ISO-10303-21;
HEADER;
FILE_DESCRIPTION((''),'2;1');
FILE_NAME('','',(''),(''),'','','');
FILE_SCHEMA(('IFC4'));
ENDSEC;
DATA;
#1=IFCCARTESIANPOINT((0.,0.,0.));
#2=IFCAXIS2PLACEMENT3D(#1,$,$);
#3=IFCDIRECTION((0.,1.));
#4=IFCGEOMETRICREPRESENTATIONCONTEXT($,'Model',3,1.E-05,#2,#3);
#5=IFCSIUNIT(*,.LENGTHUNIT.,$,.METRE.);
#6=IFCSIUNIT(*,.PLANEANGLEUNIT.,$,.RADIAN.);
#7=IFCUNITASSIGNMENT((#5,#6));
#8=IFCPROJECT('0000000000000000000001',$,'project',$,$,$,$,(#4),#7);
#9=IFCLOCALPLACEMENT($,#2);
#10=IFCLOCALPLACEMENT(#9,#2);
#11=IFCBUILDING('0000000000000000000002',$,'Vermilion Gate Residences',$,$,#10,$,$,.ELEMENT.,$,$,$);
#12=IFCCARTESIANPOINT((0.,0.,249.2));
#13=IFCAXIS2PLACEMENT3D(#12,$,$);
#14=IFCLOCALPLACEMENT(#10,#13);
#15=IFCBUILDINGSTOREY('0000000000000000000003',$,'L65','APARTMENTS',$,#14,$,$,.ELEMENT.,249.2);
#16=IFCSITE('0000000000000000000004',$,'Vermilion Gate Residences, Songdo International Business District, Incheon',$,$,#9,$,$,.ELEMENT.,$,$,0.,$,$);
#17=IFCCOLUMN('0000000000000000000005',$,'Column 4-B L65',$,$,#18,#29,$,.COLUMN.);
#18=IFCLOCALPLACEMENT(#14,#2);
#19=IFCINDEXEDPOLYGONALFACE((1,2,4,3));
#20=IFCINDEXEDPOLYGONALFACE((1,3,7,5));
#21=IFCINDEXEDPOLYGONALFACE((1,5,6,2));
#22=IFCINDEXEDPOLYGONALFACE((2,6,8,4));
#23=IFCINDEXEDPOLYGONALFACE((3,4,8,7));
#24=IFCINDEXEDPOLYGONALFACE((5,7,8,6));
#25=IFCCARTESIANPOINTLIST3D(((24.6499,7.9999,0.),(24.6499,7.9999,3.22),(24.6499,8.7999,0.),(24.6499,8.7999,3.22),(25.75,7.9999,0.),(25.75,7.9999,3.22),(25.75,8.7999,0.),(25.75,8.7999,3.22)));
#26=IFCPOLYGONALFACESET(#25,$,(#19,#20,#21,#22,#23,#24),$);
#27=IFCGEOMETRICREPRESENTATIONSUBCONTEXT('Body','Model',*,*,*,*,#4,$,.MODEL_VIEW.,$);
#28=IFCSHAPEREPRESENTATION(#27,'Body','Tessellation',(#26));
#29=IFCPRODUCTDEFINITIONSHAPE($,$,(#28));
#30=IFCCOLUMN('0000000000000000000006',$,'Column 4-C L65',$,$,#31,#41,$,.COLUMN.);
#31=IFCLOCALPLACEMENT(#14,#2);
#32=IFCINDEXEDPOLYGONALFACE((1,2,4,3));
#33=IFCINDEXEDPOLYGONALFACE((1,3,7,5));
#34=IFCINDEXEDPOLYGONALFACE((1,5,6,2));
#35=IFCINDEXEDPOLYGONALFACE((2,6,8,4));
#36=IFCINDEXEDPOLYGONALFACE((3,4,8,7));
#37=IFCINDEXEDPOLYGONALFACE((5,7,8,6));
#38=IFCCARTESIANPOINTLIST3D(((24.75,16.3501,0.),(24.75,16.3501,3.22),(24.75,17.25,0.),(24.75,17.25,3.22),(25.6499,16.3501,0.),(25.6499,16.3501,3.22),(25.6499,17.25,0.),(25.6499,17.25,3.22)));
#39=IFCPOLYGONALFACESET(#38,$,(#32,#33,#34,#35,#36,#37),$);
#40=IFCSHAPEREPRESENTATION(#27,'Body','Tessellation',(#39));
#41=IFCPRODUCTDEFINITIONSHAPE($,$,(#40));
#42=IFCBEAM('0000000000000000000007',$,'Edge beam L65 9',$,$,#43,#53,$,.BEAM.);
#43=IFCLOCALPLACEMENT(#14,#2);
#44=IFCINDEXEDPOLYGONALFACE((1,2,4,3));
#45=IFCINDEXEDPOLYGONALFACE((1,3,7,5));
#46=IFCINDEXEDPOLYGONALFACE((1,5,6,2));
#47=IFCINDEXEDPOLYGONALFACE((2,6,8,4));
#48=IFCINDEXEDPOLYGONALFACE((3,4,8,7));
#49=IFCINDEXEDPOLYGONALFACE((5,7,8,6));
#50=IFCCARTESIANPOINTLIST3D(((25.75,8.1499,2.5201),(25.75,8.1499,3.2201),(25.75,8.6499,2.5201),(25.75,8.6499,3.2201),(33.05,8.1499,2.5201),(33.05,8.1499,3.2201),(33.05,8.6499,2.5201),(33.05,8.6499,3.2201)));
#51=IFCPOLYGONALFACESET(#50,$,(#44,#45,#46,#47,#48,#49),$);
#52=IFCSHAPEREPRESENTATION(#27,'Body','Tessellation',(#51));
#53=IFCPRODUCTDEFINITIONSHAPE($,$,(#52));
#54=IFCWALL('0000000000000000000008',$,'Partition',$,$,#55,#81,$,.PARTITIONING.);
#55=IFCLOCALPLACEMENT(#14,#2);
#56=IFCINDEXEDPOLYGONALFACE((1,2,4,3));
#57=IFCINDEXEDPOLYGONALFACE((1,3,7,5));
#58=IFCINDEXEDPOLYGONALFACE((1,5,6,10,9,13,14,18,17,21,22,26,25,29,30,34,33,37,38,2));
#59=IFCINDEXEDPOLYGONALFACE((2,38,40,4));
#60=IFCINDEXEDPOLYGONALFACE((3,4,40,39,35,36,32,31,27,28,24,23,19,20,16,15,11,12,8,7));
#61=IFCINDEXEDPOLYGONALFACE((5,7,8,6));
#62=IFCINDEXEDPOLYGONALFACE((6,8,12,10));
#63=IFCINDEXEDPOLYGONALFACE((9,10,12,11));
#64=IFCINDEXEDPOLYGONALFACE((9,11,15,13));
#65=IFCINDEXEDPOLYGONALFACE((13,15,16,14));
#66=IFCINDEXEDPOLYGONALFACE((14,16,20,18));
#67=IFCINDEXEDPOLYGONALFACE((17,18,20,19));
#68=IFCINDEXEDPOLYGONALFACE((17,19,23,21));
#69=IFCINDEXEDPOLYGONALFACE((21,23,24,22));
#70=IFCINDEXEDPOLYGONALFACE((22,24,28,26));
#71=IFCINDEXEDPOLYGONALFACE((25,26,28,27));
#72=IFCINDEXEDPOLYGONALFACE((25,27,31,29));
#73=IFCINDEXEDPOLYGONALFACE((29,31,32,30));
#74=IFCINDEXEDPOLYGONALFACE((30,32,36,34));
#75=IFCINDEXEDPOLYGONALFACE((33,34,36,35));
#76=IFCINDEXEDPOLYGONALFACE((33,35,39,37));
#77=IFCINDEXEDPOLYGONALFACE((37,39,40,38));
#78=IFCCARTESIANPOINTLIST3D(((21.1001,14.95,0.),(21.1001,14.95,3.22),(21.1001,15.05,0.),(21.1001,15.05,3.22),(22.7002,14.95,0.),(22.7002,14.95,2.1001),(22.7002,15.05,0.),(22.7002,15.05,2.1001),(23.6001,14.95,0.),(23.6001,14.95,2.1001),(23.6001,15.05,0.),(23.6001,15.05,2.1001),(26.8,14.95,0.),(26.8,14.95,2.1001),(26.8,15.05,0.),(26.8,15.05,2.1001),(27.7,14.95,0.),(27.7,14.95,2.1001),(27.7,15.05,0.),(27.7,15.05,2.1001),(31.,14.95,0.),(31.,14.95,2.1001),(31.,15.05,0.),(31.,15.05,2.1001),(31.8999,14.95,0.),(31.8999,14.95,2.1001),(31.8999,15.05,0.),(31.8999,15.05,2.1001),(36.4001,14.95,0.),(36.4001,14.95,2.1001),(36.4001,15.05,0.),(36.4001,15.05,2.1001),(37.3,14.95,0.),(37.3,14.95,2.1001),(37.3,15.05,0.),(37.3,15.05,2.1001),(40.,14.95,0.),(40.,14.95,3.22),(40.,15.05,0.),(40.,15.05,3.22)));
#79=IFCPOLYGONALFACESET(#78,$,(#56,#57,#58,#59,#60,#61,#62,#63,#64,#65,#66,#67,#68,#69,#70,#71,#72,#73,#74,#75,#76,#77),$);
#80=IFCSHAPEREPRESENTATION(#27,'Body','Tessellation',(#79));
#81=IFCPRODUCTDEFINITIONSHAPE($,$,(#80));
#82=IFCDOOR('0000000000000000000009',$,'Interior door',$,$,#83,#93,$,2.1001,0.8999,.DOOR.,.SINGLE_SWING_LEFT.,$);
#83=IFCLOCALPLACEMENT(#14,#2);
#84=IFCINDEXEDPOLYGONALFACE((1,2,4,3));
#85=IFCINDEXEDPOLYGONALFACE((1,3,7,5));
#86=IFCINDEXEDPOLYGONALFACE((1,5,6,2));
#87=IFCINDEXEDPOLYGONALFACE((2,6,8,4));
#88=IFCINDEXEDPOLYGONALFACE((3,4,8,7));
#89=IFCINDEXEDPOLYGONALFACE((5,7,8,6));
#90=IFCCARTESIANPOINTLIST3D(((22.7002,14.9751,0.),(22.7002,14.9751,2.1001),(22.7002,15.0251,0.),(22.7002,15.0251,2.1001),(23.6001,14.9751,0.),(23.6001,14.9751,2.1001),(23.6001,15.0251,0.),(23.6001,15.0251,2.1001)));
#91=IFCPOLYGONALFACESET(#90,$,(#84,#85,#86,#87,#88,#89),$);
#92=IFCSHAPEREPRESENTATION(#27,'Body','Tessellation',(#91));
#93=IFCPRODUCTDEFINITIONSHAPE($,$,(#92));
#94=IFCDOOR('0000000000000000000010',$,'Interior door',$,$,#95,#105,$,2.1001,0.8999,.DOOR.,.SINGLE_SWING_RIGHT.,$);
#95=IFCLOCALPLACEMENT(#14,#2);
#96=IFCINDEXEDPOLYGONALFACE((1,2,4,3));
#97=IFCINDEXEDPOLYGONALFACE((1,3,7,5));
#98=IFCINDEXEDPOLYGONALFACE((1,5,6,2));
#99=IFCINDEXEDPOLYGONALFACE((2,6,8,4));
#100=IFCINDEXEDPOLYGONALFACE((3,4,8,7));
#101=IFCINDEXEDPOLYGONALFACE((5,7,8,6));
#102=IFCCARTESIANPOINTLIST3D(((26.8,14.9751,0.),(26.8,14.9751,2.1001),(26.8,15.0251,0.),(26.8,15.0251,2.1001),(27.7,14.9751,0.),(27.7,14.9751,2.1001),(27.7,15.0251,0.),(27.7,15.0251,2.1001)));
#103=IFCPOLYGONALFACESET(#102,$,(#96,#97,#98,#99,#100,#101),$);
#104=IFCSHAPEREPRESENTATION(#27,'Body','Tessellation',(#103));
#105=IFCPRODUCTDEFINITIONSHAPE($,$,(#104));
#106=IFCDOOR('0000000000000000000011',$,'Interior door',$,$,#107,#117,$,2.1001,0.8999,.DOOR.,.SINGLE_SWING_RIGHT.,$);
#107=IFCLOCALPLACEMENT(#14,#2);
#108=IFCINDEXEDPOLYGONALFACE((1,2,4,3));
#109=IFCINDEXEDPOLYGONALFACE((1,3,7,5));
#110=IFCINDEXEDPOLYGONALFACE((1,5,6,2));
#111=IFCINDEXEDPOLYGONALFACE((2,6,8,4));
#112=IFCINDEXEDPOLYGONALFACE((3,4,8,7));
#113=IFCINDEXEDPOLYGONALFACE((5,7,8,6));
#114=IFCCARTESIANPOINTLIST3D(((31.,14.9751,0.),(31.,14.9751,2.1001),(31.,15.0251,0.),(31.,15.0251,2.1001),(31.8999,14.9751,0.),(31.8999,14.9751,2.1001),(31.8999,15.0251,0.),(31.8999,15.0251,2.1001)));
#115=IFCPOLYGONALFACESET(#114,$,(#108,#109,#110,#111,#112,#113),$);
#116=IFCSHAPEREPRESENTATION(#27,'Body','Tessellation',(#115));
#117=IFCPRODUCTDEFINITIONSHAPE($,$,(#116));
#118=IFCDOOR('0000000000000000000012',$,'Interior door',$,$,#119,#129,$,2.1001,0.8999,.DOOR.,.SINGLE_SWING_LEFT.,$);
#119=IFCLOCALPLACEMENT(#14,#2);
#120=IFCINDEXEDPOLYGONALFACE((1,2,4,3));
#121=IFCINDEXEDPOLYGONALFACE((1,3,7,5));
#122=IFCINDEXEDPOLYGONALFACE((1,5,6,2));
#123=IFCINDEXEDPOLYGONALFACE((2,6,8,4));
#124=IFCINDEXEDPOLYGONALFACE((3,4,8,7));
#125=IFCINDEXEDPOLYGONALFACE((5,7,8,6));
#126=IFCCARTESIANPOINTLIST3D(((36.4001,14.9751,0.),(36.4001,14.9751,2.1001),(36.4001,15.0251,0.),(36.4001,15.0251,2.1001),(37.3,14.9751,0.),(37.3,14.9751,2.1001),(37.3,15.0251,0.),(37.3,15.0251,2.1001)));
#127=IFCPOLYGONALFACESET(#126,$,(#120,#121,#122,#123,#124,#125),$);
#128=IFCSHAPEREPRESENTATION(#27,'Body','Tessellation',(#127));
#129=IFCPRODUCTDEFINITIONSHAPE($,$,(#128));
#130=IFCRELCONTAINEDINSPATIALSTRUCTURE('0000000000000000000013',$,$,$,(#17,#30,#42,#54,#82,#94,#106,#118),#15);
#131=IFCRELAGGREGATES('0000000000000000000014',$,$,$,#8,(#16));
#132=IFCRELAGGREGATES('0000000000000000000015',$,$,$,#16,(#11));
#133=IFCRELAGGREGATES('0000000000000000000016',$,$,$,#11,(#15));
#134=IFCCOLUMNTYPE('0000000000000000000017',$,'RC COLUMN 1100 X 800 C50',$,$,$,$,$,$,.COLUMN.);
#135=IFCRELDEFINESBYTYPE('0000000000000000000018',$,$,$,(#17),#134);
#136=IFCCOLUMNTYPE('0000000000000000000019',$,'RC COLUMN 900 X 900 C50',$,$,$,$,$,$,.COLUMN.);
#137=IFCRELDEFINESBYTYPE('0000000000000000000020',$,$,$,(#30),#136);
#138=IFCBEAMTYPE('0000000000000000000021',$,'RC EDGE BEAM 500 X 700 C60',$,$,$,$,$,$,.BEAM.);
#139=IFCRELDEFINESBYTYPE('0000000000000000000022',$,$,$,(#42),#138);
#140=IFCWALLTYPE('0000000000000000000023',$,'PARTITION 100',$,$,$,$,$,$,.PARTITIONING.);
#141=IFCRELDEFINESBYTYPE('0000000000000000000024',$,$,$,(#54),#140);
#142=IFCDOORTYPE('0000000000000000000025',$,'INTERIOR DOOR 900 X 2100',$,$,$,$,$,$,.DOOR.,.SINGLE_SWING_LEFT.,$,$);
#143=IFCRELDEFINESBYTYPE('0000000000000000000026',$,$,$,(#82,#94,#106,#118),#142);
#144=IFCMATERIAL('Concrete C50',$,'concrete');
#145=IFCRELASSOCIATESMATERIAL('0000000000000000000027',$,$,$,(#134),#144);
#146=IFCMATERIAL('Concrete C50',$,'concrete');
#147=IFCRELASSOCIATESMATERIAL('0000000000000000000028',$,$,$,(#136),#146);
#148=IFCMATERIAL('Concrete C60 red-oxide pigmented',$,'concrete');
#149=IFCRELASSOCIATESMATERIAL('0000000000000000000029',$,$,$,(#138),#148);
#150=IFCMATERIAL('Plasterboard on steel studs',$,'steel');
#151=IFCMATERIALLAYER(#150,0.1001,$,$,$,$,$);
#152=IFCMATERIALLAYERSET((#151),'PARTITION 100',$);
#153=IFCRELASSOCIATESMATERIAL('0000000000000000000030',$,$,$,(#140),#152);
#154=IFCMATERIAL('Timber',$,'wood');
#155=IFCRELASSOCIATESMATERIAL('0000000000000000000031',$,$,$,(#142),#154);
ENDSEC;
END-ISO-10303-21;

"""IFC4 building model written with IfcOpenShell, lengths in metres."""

from ifc_helpers import new_model, si_unit, direction, frame, frame_2d, origin, origin_2d, place, context, subcontext, project, spatial, rectangle, extrude, material, layer, layer_set, material_profile, profile_set, type_object, element, fill, save


model = new_model("IFC4")

# Units and contexts
model_context = context("Model", 3, precision=1e-05, world=origin(), true_north=direction((0.0, 1.0)))
body_context = subcontext(model_context, "Body", "Model", "MODEL_VIEW")
ifc_project = project(units=[si_unit("LENGTHUNIT", "METRE"), si_unit("PLANEANGLEUNIT", "RADIAN")], contexts=[model_context])

# Site, building, storey
site_placement = place(None, origin())
site = spatial("IfcSite", under=ifc_project, at=site_placement, Name="Vermilion Gate Residences, Songdo International Business District, Incheon", CompositionType="ELEMENT", RefElevation=0.0)
building_placement = place(site_placement, origin())
building = spatial("IfcBuilding", under=site, at=building_placement, Name="Vermilion Gate Residences", CompositionType="ELEMENT")
storey_placement = place(building_placement, frame((0.0, 0.0, 249.2)))
storey = spatial("IfcBuildingStorey", under=building, at=storey_placement, Name="L65", Description="APARTMENTS", CompositionType="ELEMENT", Elevation=249.2)

# Columns
ifc_material_1 = material(Name="Concrete C50", Category="concrete")
ifc_material_profile_1 = material_profile(ifc_material_1, rectangle(XDim=1.1001, YDim=0.8, at=origin_2d()), Name="RC-1100x800")
ifc_profile_set_1 = profile_set([ifc_material_profile_1], Name="Concrete C50")
column_type_1 = type_object("IfcColumnType", Name="RC COLUMN 1100 X 800 C50", PredefinedType="COLUMN", material=ifc_profile_set_1)
column_1_placement = place(storey_placement, frame((25.2, 8.3999, 0.0), z_axis=(0.0, 0.0, 1.0), x_axis=(1.0, 0.0, 0.0)))
element("IfcColumn", 1, at=column_1_placement, inside=storey, type_object=column_type_1, Name="Column 4-B L65", PredefinedType="COLUMN", context=body_context, shape_type="SweptSolid", body=[
    extrude(rectangle(XDim=1.1001, YDim=0.8, at=origin_2d()), origin(), (0.0, 0.0, 1.0), 3.22),
])
ifc_material_2 = material(Name="Concrete C50", Category="concrete")
ifc_material_profile_2 = material_profile(ifc_material_2, rectangle(XDim=0.8999, YDim=0.8999, at=origin_2d()), Name="RC-900x900")
ifc_profile_set_2 = profile_set([ifc_material_profile_2], Name="Concrete C50")
column_type_2 = type_object("IfcColumnType", Name="RC COLUMN 900 X 900 C50", PredefinedType="COLUMN", material=ifc_profile_set_2)
column_2_placement = place(storey_placement, frame((25.2, 16.8, 0.0), z_axis=(0.0, 0.0, 1.0), x_axis=(1.0, 0.0, 0.0)))
element("IfcColumn", 2, at=column_2_placement, inside=storey, type_object=column_type_2, Name="Column 4-C L65", PredefinedType="COLUMN", context=body_context, shape_type="SweptSolid", body=[
    extrude(rectangle(XDim=0.8999, YDim=0.8999, at=origin_2d()), origin(), (0.0, 0.0, 1.0), 3.22),
])

# Beam
ifc_material_3 = material(Name="Concrete C60 red-oxide pigmented", Category="concrete")
ifc_material_profile_3 = material_profile(ifc_material_3, rectangle(XDim=0.5, YDim=0.7, at=origin_2d()), Name="RC-500x700")
ifc_profile_set_3 = profile_set([ifc_material_profile_3], Name="Concrete C60 red-oxide pigmented")
beam_type = type_object("IfcBeamType", Name="RC EDGE BEAM 500 X 700 C60", PredefinedType="BEAM", material=ifc_profile_set_3)
beam_placement = place(storey_placement, frame((25.75, 8.3999, 2.8701), z_axis=(1.0, 0.0, 0.0), x_axis=(0.0, 1.0, 0.0)))
element("IfcBeam", 3, at=beam_placement, inside=storey, type_object=beam_type, Name="Edge beam L65 9", PredefinedType="BEAM", context=body_context, shape_type="SweptSolid", body=[
    extrude(rectangle(XDim=0.5, YDim=0.7, at=origin_2d()), origin(), (0.0, 0.0, 1.0), 7.3),
])

# Wall, openings, doors
ifc_material_4 = material(Name="Plasterboard on steel studs", Category="steel")
ifc_layer_1 = layer(ifc_material_4, 0.1001)
ifc_layer_set_1 = layer_set([ifc_layer_1], Name="PARTITION 100")
wall_type_1 = type_object("IfcWallType", Name="PARTITION 100", PredefinedType="PARTITIONING", material=ifc_layer_set_1)
wall_1_placement = place(storey_placement, frame((21.1001, 15.0, 0.0), z_axis=(0.0, 0.0, 1.0), x_axis=(1.0, 0.0, 0.0)))
wall_1 = element("IfcWall", 4, at=wall_1_placement, inside=storey, type_object=wall_type_1, Name="Partition", PredefinedType="PARTITIONING", context=body_context, shape_type="SweptSolid", body=[
    extrude(rectangle(XDim=18.8999, YDim=0.1001, at=frame_2d((9.45, 0.0))), origin(), (0.0, 0.0, 1.0), 3.22),
])
opening_1_placement = place(wall_1_placement, frame((1.6001, 0.0, 0.0)))
opening_1 = element("IfcOpeningElement", 5, at=opening_1_placement, cuts=wall_1, PredefinedType="OPENING", context=body_context, shape_type="SweptSolid", body=[
    extrude(rectangle(XDim=0.8999, YDim=2.1001, at=frame_2d((0.45, 1.05))), frame((0.0, 0.0601, 0.0), z_axis=(0.0, -1.0, 0.0), x_axis=(1.0, 0.0, 0.0)), (0.0, 0.0, 1.0), 0.1201),
])
opening_2_placement = place(wall_1_placement, frame((5.7, 0.0, 0.0)))
opening_2 = element("IfcOpeningElement", 6, at=opening_2_placement, cuts=wall_1, PredefinedType="OPENING", context=body_context, shape_type="SweptSolid", body=[
    extrude(rectangle(XDim=0.8999, YDim=2.1001, at=frame_2d((0.45, 1.05))), frame((0.0, 0.0601, 0.0), z_axis=(0.0, -1.0, 0.0), x_axis=(1.0, 0.0, 0.0)), (0.0, 0.0, 1.0), 0.1201),
])
opening_3_placement = place(wall_1_placement, frame((9.8999, 0.0, 0.0)))
opening_3 = element("IfcOpeningElement", 7, at=opening_3_placement, cuts=wall_1, PredefinedType="OPENING", context=body_context, shape_type="SweptSolid", body=[
    extrude(rectangle(XDim=0.8999, YDim=2.1001, at=frame_2d((0.45, 1.05))), frame((0.0, 0.0601, 0.0), z_axis=(0.0, -1.0, 0.0), x_axis=(1.0, 0.0, 0.0)), (0.0, 0.0, 1.0), 0.1201),
])
opening_4_placement = place(wall_1_placement, frame((15.3, 0.0, 0.0)))
opening_4 = element("IfcOpeningElement", 8, at=opening_4_placement, cuts=wall_1, PredefinedType="OPENING", context=body_context, shape_type="SweptSolid", body=[
    extrude(rectangle(XDim=0.8999, YDim=2.1001, at=frame_2d((0.45, 1.05))), frame((0.0, 0.0601, 0.0), z_axis=(0.0, -1.0, 0.0), x_axis=(1.0, 0.0, 0.0)), (0.0, 0.0, 1.0), 0.1201),
])
ifc_material_5 = material(Name="Timber", Category="wood")
door_type = type_object("IfcDoorType", Name="INTERIOR DOOR 900 X 2100", OperationType="SINGLE_SWING_LEFT", PredefinedType="DOOR", material=ifc_material_5)
door_1_placement = place(opening_1_placement, frame((0.8999, 0.0, 0.0), z_axis=(0.0, 0.0, 1.0), x_axis=(-1.0, 0.0, 0.0)))
door_1 = element("IfcDoor", 9, at=door_1_placement, inside=storey, type_object=door_type, Name="Interior door", OperationType="SINGLE_SWING_LEFT", OverallHeight=2.1001, OverallWidth=0.8999, PredefinedType="DOOR", context=body_context, shape_type="SweptSolid", body=[
    extrude(rectangle(XDim=0.8999, YDim=2.1001, at=frame_2d((0.45, 1.05))), frame((0.0, 0.0249, 0.0), z_axis=(0.0, -1.0, 0.0), x_axis=(1.0, 0.0, 0.0)), (0.0, 0.0, 1.0), 0.05),
])
fill(opening_1, door_1)
door_2_placement = place(opening_2_placement, frame((0.8999, 0.0, 0.0), z_axis=(0.0, 0.0, 1.0), x_axis=(-1.0, 0.0, 0.0)))
door_2 = element("IfcDoor", 10, at=door_2_placement, inside=storey, type_object=door_type, Name="Interior door", OperationType="SINGLE_SWING_RIGHT", OverallHeight=2.1001, OverallWidth=0.8999, PredefinedType="DOOR", context=body_context, shape_type="SweptSolid", body=[
    extrude(rectangle(XDim=0.8999, YDim=2.1001, at=frame_2d((0.45, 1.05))), frame((0.0, 0.0249, 0.0), z_axis=(0.0, -1.0, 0.0), x_axis=(1.0, 0.0, 0.0)), (0.0, 0.0, 1.0), 0.05),
])
fill(opening_2, door_2)
door_3_placement = place(opening_3_placement, frame((0.8999, 0.0, 0.0), z_axis=(0.0, 0.0, 1.0), x_axis=(-1.0, 0.0, 0.0)))
door_3 = element("IfcDoor", 11, at=door_3_placement, inside=storey, type_object=door_type, Name="Interior door", OperationType="SINGLE_SWING_RIGHT", OverallHeight=2.1001, OverallWidth=0.8999, PredefinedType="DOOR", context=body_context, shape_type="SweptSolid", body=[
    extrude(rectangle(XDim=0.8999, YDim=2.1001, at=frame_2d((0.45, 1.05))), frame((0.0, 0.0249, 0.0), z_axis=(0.0, -1.0, 0.0), x_axis=(1.0, 0.0, 0.0)), (0.0, 0.0, 1.0), 0.05),
])
fill(opening_3, door_3)
door_4_placement = place(opening_4_placement, frame((0.8999, 0.0, 0.0), z_axis=(0.0, 0.0, 1.0), x_axis=(-1.0, 0.0, 0.0)))
door_4 = element("IfcDoor", 12, at=door_4_placement, inside=storey, type_object=door_type, Name="Interior door", OperationType="SINGLE_SWING_LEFT", OverallHeight=2.1001, OverallWidth=0.8999, PredefinedType="DOOR", context=body_context, shape_type="SweptSolid", body=[
    extrude(rectangle(XDim=0.8999, YDim=2.1001, at=frame_2d((0.45, 1.05))), frame((0.0, 0.0249, 0.0), z_axis=(0.0, -1.0, 0.0), x_axis=(1.0, 0.0, 0.0)), (0.0, 0.0, 1.0), 0.05),
])
fill(opening_4, door_4)

save(model, "model.ifc")
